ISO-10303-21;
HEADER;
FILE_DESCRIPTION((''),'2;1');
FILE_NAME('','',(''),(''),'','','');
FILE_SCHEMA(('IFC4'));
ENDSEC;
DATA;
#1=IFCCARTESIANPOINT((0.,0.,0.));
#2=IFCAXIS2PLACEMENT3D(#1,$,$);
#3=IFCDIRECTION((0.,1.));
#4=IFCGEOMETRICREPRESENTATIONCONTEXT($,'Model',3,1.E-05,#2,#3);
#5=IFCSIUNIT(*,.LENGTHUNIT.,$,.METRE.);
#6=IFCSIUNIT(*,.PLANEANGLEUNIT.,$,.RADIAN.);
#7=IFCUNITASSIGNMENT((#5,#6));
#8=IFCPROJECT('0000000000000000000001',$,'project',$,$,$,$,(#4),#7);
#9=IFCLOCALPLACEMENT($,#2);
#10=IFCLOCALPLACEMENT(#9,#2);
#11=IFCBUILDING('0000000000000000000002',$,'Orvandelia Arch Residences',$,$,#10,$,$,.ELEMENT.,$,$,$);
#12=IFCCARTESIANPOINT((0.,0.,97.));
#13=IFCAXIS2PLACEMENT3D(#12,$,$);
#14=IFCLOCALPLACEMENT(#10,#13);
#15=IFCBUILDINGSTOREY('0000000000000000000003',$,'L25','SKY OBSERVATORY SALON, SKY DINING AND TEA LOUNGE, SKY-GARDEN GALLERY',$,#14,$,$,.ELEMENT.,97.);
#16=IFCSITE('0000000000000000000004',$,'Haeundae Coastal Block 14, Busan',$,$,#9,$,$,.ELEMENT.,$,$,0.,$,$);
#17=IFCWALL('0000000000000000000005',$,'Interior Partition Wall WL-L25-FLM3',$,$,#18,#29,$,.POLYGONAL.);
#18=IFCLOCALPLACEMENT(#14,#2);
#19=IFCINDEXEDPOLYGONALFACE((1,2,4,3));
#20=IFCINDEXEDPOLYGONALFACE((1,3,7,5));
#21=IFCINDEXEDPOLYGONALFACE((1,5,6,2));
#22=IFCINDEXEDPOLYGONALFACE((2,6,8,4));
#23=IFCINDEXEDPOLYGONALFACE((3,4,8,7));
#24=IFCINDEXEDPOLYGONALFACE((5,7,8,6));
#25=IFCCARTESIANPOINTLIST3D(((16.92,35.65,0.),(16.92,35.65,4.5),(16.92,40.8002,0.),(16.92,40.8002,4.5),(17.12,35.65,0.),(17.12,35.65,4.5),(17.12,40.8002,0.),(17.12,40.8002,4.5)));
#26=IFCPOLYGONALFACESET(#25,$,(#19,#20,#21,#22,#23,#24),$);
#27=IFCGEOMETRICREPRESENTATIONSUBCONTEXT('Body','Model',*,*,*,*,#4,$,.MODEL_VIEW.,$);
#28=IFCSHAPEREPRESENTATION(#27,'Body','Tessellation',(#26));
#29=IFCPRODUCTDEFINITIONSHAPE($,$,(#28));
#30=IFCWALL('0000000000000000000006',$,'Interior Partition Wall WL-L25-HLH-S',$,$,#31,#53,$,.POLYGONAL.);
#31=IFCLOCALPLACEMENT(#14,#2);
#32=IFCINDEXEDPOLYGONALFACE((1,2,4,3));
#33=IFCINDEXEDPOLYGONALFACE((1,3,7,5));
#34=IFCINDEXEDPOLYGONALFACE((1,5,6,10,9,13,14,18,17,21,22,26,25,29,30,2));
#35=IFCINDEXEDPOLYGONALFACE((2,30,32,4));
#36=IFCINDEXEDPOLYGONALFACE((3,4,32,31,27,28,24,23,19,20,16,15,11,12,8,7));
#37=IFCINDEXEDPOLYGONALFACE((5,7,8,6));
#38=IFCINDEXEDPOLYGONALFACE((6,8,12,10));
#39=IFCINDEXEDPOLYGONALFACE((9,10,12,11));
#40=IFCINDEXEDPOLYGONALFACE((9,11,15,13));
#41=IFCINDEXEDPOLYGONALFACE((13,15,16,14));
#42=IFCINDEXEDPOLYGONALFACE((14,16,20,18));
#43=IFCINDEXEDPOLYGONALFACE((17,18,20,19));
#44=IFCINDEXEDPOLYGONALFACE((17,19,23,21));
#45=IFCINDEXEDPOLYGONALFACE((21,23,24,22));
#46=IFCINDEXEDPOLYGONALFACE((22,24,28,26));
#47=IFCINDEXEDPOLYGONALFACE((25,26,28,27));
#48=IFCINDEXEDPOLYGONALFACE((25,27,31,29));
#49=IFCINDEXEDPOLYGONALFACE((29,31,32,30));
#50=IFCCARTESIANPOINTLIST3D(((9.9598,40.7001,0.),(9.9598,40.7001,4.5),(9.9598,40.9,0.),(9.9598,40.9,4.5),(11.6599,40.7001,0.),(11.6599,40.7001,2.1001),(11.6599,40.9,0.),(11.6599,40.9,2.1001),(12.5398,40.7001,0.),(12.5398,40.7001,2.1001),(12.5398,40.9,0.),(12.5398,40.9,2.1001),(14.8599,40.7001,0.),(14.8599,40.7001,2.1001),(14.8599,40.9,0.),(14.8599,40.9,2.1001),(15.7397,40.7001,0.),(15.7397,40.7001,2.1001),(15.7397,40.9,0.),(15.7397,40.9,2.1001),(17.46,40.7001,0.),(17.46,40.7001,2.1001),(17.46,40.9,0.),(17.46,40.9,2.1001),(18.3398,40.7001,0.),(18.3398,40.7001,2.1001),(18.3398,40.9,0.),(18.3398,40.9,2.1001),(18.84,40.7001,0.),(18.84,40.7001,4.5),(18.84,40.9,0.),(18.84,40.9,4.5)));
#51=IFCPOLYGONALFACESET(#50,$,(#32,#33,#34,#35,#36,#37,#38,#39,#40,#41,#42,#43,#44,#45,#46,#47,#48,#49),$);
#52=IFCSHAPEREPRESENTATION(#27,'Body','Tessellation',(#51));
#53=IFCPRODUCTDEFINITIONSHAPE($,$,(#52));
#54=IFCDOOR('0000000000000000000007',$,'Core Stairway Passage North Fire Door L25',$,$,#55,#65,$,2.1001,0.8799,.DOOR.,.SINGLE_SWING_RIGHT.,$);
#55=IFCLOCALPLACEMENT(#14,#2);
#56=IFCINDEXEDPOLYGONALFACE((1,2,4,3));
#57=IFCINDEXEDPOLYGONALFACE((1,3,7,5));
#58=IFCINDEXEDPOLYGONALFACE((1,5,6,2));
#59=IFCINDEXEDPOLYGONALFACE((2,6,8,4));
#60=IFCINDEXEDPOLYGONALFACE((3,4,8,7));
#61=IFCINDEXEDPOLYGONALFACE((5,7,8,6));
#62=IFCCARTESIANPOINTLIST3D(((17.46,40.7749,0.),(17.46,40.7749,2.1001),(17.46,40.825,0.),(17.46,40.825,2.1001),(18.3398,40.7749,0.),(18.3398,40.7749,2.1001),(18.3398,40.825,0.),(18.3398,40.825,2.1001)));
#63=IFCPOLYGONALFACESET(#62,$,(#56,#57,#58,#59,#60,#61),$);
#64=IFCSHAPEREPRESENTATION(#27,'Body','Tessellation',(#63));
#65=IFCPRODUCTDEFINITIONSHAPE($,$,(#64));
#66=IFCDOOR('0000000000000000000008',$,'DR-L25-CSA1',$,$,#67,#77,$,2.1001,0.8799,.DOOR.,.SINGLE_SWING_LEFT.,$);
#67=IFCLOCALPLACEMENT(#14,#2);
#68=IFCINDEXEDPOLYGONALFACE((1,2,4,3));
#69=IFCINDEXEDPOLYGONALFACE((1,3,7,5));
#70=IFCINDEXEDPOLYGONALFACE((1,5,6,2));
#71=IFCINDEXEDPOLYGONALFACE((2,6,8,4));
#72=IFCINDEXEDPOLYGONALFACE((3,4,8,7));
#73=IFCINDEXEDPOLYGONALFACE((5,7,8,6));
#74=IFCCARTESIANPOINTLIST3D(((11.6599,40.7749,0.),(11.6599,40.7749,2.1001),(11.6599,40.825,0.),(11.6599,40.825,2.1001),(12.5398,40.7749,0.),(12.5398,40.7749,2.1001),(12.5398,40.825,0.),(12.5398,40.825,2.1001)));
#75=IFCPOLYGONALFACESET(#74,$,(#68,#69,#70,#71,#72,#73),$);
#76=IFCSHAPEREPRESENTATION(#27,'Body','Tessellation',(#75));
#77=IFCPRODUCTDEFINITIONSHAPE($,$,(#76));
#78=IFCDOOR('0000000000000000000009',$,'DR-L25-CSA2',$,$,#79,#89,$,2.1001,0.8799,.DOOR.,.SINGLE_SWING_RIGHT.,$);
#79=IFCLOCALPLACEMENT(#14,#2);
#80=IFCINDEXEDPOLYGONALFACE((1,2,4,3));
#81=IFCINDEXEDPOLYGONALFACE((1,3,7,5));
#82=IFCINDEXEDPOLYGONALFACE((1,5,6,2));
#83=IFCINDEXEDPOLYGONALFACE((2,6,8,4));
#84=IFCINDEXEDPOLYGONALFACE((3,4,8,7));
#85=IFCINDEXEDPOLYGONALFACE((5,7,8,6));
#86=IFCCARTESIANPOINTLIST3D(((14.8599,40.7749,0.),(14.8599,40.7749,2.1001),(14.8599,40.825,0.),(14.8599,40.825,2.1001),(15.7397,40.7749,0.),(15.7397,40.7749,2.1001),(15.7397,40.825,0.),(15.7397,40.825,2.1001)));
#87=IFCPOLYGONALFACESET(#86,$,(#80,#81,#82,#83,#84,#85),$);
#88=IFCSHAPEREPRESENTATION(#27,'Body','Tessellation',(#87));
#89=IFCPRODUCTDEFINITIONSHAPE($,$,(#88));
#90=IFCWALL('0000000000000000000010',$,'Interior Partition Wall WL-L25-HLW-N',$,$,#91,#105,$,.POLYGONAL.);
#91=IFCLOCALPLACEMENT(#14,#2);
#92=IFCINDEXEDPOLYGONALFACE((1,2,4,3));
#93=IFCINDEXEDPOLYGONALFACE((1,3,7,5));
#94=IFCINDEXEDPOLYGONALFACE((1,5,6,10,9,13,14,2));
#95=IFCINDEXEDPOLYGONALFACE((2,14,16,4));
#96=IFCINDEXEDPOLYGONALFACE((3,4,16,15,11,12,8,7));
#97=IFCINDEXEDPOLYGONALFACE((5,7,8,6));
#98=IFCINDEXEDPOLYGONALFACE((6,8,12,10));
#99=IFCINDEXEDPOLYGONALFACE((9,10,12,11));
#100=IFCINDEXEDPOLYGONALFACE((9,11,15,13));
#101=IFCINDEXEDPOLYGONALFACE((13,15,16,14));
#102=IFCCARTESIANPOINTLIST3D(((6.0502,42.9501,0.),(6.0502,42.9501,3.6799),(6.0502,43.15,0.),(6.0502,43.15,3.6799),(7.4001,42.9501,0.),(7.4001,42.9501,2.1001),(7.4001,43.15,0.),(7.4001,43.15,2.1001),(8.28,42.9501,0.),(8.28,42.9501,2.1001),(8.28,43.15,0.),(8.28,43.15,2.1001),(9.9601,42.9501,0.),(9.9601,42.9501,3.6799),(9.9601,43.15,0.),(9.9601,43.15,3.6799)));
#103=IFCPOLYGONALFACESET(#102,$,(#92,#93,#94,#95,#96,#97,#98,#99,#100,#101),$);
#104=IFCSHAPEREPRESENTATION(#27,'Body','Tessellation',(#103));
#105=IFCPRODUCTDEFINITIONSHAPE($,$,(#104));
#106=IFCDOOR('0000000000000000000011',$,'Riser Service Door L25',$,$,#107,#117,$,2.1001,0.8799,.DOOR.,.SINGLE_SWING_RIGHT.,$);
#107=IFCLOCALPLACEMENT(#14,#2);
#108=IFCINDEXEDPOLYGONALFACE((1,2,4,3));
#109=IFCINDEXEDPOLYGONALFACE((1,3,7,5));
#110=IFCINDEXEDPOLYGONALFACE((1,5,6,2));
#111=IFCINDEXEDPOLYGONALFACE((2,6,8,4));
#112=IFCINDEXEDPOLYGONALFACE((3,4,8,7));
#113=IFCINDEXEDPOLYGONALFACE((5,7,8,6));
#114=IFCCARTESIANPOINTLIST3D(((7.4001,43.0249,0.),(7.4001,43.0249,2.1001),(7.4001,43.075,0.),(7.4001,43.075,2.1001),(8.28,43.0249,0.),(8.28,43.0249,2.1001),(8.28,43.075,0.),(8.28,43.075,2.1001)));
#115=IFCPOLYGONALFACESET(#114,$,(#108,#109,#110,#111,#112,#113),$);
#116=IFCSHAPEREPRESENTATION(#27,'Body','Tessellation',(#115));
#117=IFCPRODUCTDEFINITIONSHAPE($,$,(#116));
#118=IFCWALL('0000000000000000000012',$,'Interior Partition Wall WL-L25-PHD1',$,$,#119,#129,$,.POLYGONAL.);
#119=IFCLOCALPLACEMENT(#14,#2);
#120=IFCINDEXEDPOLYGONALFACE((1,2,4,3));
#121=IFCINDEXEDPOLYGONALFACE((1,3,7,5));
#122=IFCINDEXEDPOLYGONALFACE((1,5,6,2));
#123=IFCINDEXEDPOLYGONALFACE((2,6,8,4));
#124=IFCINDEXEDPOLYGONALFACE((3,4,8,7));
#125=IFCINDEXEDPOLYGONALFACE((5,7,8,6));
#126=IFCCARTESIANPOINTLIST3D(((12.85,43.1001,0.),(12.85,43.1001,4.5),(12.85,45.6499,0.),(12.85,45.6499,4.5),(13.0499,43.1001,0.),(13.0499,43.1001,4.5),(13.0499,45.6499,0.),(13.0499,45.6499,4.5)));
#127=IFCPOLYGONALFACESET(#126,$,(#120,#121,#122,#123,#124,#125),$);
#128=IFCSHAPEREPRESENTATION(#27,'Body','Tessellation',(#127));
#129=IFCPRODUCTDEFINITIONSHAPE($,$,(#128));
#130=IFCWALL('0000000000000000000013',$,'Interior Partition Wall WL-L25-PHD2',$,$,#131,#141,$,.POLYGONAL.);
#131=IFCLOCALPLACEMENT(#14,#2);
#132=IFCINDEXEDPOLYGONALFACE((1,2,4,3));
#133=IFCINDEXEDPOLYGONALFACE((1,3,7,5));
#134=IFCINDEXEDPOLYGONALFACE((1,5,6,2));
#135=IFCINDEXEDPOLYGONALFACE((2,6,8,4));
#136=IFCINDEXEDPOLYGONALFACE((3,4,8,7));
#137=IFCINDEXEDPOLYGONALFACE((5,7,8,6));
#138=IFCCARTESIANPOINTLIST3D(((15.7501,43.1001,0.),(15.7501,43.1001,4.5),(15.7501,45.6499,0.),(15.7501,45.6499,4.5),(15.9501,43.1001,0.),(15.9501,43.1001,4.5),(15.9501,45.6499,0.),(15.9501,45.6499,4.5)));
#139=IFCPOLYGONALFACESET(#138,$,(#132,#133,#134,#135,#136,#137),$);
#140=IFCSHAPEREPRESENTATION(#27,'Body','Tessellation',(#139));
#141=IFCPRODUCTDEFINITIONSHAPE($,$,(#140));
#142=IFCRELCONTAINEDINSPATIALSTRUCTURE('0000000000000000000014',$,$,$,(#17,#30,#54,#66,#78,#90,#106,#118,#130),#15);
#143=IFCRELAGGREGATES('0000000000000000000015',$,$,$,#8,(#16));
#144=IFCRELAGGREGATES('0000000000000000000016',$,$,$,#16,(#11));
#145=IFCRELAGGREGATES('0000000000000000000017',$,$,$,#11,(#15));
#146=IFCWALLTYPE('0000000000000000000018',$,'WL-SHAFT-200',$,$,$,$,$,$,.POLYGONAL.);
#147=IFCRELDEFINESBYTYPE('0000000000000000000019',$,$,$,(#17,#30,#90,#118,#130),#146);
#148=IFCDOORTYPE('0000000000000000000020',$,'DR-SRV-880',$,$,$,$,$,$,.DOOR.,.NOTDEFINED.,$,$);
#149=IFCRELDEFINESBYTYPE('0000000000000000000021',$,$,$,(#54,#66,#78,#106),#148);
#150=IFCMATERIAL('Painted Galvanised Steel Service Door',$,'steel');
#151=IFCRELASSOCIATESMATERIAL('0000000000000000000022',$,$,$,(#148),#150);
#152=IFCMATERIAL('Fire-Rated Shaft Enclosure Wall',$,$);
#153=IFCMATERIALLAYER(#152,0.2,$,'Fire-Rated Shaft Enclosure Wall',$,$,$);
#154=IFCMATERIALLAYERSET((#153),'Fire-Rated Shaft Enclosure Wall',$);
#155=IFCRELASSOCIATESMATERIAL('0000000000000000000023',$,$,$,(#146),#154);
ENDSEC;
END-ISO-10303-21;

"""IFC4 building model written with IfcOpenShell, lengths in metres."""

from ifc_helpers import new_model, si_unit, direction, frame, frame_2d, origin, place, context, subcontext, project, spatial, rectangle, extrude, material, layer, layer_set, type_object, element, fill, save


model = new_model("IFC4")

# Units and contexts
model_context = context("Model", 3, precision=1e-05, world=origin(), true_north=direction((0.0, 1.0)))
body_context = subcontext(model_context, "Body", "Model", "MODEL_VIEW")
ifc_project = project(units=[si_unit("LENGTHUNIT", "METRE"), si_unit("PLANEANGLEUNIT", "RADIAN")], contexts=[model_context])

# Site, building, storey
site_placement = place(None, origin())
site = spatial("IfcSite", under=ifc_project, at=site_placement, Name="Haeundae Coastal Block 14, Busan", CompositionType="ELEMENT", RefElevation=0.0)
building_placement = place(site_placement, origin())
building = spatial("IfcBuilding", under=site, at=building_placement, Name="Orvandelia Arch Residences", CompositionType="ELEMENT")
storey_placement = place(building_placement, frame((0.0, 0.0, 97.0)))
storey = spatial("IfcBuildingStorey", under=building, at=storey_placement, Name="L25", Description="SKY OBSERVATORY SALON, SKY DINING AND TEA LOUNGE, SKY-GARDEN GALLERY", CompositionType="ELEMENT", Elevation=97.0)

# Shared definitions
ifc_material_1 = material(Name="Painted Galvanised Steel Service Door", Category="steel")
door_type_1 = type_object("IfcDoorType", Name="DR-SRV-880", OperationType="NOTDEFINED", PredefinedType="DOOR", material=ifc_material_1)

# Wall
ifc_material_2 = material(Name="Fire-Rated Shaft Enclosure Wall")
ifc_layer_1 = layer(ifc_material_2, 0.2, Name="Fire-Rated Shaft Enclosure Wall")
ifc_layer_set_1 = layer_set([ifc_layer_1], Name="Fire-Rated Shaft Enclosure Wall")
wall_type_1 = type_object("IfcWallType", Name="WL-SHAFT-200", PredefinedType="POLYGONAL", material=ifc_layer_set_1)
wall_1_placement = place(storey_placement, frame((17.02, 35.6499, 0.0), z_axis=(0.0, 0.0, 1.0), x_axis=(0.0, 1.0, 0.0)))
element("IfcWall", 1, at=wall_1_placement, inside=storey, type_object=wall_type_1, Name="Interior Partition Wall WL-L25-FLM3", PredefinedType="POLYGONAL", context=body_context, shape_type="SweptSolid", body=[
    extrude(rectangle(XDim=5.1501, YDim=0.2, at=frame_2d((2.5752, 0.0))), origin(), (0.0, 0.0, 1.0), 4.5),
])

# Wall, openings, doors
wall_2_placement = place(storey_placement, frame((9.96, 40.8, 0.0), z_axis=(0.0, 0.0, 1.0), x_axis=(1.0, 0.0, 0.0)))
wall_2 = element("IfcWall", 2, at=wall_2_placement, inside=storey, type_object=wall_type_1, Name="Interior Partition Wall WL-L25-HLH-S", PredefinedType="POLYGONAL", context=body_context, shape_type="SweptSolid", body=[
    extrude(rectangle(XDim=8.8801, YDim=0.2, at=frame_2d((4.4399, 0.0))), origin(), (0.0, 0.0, 1.0), 4.5),
])
opening_1_placement = place(wall_2_placement, frame((7.5, 0.0, 0.0)))
opening_1 = element("IfcOpeningElement", 3, at=opening_1_placement, cuts=wall_2, PredefinedType="OPENING", context=body_context, shape_type="SweptSolid", body=[
    extrude(rectangle(XDim=0.8799, YDim=2.1001, at=frame_2d((0.4399, 1.05))), frame((0.0, 0.1099, 0.0), z_axis=(0.0, -1.0, 0.0), x_axis=(1.0, 0.0, 0.0)), (0.0, 0.0, 1.0), 0.22),
])
opening_2_placement = place(wall_2_placement, frame((1.7, 0.0, 0.0)))
opening_2 = element("IfcOpeningElement", 4, at=opening_2_placement, cuts=wall_2, PredefinedType="OPENING", context=body_context, shape_type="SweptSolid", body=[
    extrude(rectangle(XDim=0.8799, YDim=2.1001, at=frame_2d((0.4399, 1.05))), frame((0.0, 0.1099, 0.0), z_axis=(0.0, -1.0, 0.0), x_axis=(1.0, 0.0, 0.0)), (0.0, 0.0, 1.0), 0.22),
])
opening_3_placement = place(wall_2_placement, frame((4.8999, 0.0, 0.0)))
opening_3 = element("IfcOpeningElement", 5, at=opening_3_placement, cuts=wall_2, PredefinedType="OPENING", context=body_context, shape_type="SweptSolid", body=[
    extrude(rectangle(XDim=0.8799, YDim=2.1001, at=frame_2d((0.4399, 1.05))), frame((0.0, 0.1099, 0.0), z_axis=(0.0, -1.0, 0.0), x_axis=(1.0, 0.0, 0.0)), (0.0, 0.0, 1.0), 0.22),
])
door_1_placement = place(opening_1_placement, origin())
door_1 = element("IfcDoor", 6, at=door_1_placement, inside=storey, type_object=door_type_1, Name="Core Stairway Passage North Fire Door L25", OperationType="SINGLE_SWING_RIGHT", OverallHeight=2.1001, OverallWidth=0.8799, PredefinedType="DOOR", context=body_context, shape_type="SweptSolid", body=[
    extrude(rectangle(XDim=0.8799, YDim=2.1001, at=frame_2d((0.4399, 1.05))), frame((0.0, 0.0249, 0.0), z_axis=(0.0, -1.0, 0.0), x_axis=(1.0, 0.0, 0.0)), (0.0, 0.0, 1.0), 0.05),
])
fill(opening_1, door_1)
door_2_placement = place(opening_2_placement, origin())
door_2 = element("IfcDoor", 7, at=door_2_placement, inside=storey, type_object=door_type_1, Name="DR-L25-CSA1", OperationType="SINGLE_SWING_LEFT", OverallHeight=2.1001, OverallWidth=0.8799, PredefinedType="DOOR", context=body_context, shape_type="SweptSolid", body=[
    extrude(rectangle(XDim=0.8799, YDim=2.1001, at=frame_2d((0.4399, 1.05))), frame((0.0, 0.0249, 0.0), z_axis=(0.0, -1.0, 0.0), x_axis=(1.0, 0.0, 0.0)), (0.0, 0.0, 1.0), 0.05),
])
fill(opening_2, door_2)
door_3_placement = place(opening_3_placement, origin())
door_3 = element("IfcDoor", 8, at=door_3_placement, inside=storey, type_object=door_type_1, Name="DR-L25-CSA2", OperationType="SINGLE_SWING_RIGHT", OverallHeight=2.1001, OverallWidth=0.8799, PredefinedType="DOOR", context=body_context, shape_type="SweptSolid", body=[
    extrude(rectangle(XDim=0.8799, YDim=2.1001, at=frame_2d((0.4399, 1.05))), frame((0.0, 0.0249, 0.0), z_axis=(0.0, -1.0, 0.0), x_axis=(1.0, 0.0, 0.0)), (0.0, 0.0, 1.0), 0.05),
])
fill(opening_3, door_3)

# Wall, opening, door
wall_3_placement = place(storey_placement, frame((6.05, 43.05, 0.0), z_axis=(0.0, 0.0, 1.0), x_axis=(1.0, 0.0, 0.0)))
wall_3 = element("IfcWall", 9, at=wall_3_placement, inside=storey, type_object=wall_type_1, Name="Interior Partition Wall WL-L25-HLW-N", PredefinedType="POLYGONAL", context=body_context, shape_type="SweptSolid", body=[
    extrude(rectangle(XDim=3.9099, YDim=0.2, at=frame_2d((1.9551, 0.0))), origin(), (0.0, 0.0, 1.0), 3.6799),
])
opening_4_placement = place(wall_3_placement, frame((1.3501, 0.0, 0.0)))
opening_4 = element("IfcOpeningElement", 10, at=opening_4_placement, cuts=wall_3, PredefinedType="OPENING", context=body_context, shape_type="SweptSolid", body=[
    extrude(rectangle(XDim=0.8799, YDim=2.1001, at=frame_2d((0.4399, 1.05))), frame((0.0, 0.1099, 0.0), z_axis=(0.0, -1.0, 0.0), x_axis=(1.0, 0.0, 0.0)), (0.0, 0.0, 1.0), 0.22),
])
door_4_placement = place(opening_4_placement, origin())
door_4 = element("IfcDoor", 11, at=door_4_placement, inside=storey, type_object=door_type_1, Name="Riser Service Door L25", OperationType="SINGLE_SWING_RIGHT", OverallHeight=2.1001, OverallWidth=0.8799, PredefinedType="DOOR", context=body_context, shape_type="SweptSolid", body=[
    extrude(rectangle(XDim=0.8799, YDim=2.1001, at=frame_2d((0.4399, 1.05))), frame((0.0, 0.0249, 0.0), z_axis=(0.0, -1.0, 0.0), x_axis=(1.0, 0.0, 0.0)), (0.0, 0.0, 1.0), 0.05),
])
fill(opening_4, door_4)

# Walls
for number, where, z_axis, x_axis, name in (
    (12, (12.95, 43.1001, 0.0), (0.0, 0.0, 1.0), (0.0, 1.0, 0.0), "Interior Partition Wall WL-L25-PHD1"),
    (13, (15.8501, 43.1001, 0.0), (0.0, 0.0, 1.0), (0.0, 1.0, 0.0), "Interior Partition Wall WL-L25-PHD2"),
):
    element("IfcWall", number, at=place(storey_placement, frame(where, z_axis=z_axis, x_axis=x_axis)), inside=storey, type_object=wall_type_1, Name=name, PredefinedType="POLYGONAL", context=body_context, shape_type="SweptSolid", body=[
        extrude(rectangle(XDim=2.5498, YDim=0.2, at=frame_2d((1.2749, 0.0))), origin(), (0.0, 0.0, 1.0), 4.5),
    ])

save(model, "model.ifc")
